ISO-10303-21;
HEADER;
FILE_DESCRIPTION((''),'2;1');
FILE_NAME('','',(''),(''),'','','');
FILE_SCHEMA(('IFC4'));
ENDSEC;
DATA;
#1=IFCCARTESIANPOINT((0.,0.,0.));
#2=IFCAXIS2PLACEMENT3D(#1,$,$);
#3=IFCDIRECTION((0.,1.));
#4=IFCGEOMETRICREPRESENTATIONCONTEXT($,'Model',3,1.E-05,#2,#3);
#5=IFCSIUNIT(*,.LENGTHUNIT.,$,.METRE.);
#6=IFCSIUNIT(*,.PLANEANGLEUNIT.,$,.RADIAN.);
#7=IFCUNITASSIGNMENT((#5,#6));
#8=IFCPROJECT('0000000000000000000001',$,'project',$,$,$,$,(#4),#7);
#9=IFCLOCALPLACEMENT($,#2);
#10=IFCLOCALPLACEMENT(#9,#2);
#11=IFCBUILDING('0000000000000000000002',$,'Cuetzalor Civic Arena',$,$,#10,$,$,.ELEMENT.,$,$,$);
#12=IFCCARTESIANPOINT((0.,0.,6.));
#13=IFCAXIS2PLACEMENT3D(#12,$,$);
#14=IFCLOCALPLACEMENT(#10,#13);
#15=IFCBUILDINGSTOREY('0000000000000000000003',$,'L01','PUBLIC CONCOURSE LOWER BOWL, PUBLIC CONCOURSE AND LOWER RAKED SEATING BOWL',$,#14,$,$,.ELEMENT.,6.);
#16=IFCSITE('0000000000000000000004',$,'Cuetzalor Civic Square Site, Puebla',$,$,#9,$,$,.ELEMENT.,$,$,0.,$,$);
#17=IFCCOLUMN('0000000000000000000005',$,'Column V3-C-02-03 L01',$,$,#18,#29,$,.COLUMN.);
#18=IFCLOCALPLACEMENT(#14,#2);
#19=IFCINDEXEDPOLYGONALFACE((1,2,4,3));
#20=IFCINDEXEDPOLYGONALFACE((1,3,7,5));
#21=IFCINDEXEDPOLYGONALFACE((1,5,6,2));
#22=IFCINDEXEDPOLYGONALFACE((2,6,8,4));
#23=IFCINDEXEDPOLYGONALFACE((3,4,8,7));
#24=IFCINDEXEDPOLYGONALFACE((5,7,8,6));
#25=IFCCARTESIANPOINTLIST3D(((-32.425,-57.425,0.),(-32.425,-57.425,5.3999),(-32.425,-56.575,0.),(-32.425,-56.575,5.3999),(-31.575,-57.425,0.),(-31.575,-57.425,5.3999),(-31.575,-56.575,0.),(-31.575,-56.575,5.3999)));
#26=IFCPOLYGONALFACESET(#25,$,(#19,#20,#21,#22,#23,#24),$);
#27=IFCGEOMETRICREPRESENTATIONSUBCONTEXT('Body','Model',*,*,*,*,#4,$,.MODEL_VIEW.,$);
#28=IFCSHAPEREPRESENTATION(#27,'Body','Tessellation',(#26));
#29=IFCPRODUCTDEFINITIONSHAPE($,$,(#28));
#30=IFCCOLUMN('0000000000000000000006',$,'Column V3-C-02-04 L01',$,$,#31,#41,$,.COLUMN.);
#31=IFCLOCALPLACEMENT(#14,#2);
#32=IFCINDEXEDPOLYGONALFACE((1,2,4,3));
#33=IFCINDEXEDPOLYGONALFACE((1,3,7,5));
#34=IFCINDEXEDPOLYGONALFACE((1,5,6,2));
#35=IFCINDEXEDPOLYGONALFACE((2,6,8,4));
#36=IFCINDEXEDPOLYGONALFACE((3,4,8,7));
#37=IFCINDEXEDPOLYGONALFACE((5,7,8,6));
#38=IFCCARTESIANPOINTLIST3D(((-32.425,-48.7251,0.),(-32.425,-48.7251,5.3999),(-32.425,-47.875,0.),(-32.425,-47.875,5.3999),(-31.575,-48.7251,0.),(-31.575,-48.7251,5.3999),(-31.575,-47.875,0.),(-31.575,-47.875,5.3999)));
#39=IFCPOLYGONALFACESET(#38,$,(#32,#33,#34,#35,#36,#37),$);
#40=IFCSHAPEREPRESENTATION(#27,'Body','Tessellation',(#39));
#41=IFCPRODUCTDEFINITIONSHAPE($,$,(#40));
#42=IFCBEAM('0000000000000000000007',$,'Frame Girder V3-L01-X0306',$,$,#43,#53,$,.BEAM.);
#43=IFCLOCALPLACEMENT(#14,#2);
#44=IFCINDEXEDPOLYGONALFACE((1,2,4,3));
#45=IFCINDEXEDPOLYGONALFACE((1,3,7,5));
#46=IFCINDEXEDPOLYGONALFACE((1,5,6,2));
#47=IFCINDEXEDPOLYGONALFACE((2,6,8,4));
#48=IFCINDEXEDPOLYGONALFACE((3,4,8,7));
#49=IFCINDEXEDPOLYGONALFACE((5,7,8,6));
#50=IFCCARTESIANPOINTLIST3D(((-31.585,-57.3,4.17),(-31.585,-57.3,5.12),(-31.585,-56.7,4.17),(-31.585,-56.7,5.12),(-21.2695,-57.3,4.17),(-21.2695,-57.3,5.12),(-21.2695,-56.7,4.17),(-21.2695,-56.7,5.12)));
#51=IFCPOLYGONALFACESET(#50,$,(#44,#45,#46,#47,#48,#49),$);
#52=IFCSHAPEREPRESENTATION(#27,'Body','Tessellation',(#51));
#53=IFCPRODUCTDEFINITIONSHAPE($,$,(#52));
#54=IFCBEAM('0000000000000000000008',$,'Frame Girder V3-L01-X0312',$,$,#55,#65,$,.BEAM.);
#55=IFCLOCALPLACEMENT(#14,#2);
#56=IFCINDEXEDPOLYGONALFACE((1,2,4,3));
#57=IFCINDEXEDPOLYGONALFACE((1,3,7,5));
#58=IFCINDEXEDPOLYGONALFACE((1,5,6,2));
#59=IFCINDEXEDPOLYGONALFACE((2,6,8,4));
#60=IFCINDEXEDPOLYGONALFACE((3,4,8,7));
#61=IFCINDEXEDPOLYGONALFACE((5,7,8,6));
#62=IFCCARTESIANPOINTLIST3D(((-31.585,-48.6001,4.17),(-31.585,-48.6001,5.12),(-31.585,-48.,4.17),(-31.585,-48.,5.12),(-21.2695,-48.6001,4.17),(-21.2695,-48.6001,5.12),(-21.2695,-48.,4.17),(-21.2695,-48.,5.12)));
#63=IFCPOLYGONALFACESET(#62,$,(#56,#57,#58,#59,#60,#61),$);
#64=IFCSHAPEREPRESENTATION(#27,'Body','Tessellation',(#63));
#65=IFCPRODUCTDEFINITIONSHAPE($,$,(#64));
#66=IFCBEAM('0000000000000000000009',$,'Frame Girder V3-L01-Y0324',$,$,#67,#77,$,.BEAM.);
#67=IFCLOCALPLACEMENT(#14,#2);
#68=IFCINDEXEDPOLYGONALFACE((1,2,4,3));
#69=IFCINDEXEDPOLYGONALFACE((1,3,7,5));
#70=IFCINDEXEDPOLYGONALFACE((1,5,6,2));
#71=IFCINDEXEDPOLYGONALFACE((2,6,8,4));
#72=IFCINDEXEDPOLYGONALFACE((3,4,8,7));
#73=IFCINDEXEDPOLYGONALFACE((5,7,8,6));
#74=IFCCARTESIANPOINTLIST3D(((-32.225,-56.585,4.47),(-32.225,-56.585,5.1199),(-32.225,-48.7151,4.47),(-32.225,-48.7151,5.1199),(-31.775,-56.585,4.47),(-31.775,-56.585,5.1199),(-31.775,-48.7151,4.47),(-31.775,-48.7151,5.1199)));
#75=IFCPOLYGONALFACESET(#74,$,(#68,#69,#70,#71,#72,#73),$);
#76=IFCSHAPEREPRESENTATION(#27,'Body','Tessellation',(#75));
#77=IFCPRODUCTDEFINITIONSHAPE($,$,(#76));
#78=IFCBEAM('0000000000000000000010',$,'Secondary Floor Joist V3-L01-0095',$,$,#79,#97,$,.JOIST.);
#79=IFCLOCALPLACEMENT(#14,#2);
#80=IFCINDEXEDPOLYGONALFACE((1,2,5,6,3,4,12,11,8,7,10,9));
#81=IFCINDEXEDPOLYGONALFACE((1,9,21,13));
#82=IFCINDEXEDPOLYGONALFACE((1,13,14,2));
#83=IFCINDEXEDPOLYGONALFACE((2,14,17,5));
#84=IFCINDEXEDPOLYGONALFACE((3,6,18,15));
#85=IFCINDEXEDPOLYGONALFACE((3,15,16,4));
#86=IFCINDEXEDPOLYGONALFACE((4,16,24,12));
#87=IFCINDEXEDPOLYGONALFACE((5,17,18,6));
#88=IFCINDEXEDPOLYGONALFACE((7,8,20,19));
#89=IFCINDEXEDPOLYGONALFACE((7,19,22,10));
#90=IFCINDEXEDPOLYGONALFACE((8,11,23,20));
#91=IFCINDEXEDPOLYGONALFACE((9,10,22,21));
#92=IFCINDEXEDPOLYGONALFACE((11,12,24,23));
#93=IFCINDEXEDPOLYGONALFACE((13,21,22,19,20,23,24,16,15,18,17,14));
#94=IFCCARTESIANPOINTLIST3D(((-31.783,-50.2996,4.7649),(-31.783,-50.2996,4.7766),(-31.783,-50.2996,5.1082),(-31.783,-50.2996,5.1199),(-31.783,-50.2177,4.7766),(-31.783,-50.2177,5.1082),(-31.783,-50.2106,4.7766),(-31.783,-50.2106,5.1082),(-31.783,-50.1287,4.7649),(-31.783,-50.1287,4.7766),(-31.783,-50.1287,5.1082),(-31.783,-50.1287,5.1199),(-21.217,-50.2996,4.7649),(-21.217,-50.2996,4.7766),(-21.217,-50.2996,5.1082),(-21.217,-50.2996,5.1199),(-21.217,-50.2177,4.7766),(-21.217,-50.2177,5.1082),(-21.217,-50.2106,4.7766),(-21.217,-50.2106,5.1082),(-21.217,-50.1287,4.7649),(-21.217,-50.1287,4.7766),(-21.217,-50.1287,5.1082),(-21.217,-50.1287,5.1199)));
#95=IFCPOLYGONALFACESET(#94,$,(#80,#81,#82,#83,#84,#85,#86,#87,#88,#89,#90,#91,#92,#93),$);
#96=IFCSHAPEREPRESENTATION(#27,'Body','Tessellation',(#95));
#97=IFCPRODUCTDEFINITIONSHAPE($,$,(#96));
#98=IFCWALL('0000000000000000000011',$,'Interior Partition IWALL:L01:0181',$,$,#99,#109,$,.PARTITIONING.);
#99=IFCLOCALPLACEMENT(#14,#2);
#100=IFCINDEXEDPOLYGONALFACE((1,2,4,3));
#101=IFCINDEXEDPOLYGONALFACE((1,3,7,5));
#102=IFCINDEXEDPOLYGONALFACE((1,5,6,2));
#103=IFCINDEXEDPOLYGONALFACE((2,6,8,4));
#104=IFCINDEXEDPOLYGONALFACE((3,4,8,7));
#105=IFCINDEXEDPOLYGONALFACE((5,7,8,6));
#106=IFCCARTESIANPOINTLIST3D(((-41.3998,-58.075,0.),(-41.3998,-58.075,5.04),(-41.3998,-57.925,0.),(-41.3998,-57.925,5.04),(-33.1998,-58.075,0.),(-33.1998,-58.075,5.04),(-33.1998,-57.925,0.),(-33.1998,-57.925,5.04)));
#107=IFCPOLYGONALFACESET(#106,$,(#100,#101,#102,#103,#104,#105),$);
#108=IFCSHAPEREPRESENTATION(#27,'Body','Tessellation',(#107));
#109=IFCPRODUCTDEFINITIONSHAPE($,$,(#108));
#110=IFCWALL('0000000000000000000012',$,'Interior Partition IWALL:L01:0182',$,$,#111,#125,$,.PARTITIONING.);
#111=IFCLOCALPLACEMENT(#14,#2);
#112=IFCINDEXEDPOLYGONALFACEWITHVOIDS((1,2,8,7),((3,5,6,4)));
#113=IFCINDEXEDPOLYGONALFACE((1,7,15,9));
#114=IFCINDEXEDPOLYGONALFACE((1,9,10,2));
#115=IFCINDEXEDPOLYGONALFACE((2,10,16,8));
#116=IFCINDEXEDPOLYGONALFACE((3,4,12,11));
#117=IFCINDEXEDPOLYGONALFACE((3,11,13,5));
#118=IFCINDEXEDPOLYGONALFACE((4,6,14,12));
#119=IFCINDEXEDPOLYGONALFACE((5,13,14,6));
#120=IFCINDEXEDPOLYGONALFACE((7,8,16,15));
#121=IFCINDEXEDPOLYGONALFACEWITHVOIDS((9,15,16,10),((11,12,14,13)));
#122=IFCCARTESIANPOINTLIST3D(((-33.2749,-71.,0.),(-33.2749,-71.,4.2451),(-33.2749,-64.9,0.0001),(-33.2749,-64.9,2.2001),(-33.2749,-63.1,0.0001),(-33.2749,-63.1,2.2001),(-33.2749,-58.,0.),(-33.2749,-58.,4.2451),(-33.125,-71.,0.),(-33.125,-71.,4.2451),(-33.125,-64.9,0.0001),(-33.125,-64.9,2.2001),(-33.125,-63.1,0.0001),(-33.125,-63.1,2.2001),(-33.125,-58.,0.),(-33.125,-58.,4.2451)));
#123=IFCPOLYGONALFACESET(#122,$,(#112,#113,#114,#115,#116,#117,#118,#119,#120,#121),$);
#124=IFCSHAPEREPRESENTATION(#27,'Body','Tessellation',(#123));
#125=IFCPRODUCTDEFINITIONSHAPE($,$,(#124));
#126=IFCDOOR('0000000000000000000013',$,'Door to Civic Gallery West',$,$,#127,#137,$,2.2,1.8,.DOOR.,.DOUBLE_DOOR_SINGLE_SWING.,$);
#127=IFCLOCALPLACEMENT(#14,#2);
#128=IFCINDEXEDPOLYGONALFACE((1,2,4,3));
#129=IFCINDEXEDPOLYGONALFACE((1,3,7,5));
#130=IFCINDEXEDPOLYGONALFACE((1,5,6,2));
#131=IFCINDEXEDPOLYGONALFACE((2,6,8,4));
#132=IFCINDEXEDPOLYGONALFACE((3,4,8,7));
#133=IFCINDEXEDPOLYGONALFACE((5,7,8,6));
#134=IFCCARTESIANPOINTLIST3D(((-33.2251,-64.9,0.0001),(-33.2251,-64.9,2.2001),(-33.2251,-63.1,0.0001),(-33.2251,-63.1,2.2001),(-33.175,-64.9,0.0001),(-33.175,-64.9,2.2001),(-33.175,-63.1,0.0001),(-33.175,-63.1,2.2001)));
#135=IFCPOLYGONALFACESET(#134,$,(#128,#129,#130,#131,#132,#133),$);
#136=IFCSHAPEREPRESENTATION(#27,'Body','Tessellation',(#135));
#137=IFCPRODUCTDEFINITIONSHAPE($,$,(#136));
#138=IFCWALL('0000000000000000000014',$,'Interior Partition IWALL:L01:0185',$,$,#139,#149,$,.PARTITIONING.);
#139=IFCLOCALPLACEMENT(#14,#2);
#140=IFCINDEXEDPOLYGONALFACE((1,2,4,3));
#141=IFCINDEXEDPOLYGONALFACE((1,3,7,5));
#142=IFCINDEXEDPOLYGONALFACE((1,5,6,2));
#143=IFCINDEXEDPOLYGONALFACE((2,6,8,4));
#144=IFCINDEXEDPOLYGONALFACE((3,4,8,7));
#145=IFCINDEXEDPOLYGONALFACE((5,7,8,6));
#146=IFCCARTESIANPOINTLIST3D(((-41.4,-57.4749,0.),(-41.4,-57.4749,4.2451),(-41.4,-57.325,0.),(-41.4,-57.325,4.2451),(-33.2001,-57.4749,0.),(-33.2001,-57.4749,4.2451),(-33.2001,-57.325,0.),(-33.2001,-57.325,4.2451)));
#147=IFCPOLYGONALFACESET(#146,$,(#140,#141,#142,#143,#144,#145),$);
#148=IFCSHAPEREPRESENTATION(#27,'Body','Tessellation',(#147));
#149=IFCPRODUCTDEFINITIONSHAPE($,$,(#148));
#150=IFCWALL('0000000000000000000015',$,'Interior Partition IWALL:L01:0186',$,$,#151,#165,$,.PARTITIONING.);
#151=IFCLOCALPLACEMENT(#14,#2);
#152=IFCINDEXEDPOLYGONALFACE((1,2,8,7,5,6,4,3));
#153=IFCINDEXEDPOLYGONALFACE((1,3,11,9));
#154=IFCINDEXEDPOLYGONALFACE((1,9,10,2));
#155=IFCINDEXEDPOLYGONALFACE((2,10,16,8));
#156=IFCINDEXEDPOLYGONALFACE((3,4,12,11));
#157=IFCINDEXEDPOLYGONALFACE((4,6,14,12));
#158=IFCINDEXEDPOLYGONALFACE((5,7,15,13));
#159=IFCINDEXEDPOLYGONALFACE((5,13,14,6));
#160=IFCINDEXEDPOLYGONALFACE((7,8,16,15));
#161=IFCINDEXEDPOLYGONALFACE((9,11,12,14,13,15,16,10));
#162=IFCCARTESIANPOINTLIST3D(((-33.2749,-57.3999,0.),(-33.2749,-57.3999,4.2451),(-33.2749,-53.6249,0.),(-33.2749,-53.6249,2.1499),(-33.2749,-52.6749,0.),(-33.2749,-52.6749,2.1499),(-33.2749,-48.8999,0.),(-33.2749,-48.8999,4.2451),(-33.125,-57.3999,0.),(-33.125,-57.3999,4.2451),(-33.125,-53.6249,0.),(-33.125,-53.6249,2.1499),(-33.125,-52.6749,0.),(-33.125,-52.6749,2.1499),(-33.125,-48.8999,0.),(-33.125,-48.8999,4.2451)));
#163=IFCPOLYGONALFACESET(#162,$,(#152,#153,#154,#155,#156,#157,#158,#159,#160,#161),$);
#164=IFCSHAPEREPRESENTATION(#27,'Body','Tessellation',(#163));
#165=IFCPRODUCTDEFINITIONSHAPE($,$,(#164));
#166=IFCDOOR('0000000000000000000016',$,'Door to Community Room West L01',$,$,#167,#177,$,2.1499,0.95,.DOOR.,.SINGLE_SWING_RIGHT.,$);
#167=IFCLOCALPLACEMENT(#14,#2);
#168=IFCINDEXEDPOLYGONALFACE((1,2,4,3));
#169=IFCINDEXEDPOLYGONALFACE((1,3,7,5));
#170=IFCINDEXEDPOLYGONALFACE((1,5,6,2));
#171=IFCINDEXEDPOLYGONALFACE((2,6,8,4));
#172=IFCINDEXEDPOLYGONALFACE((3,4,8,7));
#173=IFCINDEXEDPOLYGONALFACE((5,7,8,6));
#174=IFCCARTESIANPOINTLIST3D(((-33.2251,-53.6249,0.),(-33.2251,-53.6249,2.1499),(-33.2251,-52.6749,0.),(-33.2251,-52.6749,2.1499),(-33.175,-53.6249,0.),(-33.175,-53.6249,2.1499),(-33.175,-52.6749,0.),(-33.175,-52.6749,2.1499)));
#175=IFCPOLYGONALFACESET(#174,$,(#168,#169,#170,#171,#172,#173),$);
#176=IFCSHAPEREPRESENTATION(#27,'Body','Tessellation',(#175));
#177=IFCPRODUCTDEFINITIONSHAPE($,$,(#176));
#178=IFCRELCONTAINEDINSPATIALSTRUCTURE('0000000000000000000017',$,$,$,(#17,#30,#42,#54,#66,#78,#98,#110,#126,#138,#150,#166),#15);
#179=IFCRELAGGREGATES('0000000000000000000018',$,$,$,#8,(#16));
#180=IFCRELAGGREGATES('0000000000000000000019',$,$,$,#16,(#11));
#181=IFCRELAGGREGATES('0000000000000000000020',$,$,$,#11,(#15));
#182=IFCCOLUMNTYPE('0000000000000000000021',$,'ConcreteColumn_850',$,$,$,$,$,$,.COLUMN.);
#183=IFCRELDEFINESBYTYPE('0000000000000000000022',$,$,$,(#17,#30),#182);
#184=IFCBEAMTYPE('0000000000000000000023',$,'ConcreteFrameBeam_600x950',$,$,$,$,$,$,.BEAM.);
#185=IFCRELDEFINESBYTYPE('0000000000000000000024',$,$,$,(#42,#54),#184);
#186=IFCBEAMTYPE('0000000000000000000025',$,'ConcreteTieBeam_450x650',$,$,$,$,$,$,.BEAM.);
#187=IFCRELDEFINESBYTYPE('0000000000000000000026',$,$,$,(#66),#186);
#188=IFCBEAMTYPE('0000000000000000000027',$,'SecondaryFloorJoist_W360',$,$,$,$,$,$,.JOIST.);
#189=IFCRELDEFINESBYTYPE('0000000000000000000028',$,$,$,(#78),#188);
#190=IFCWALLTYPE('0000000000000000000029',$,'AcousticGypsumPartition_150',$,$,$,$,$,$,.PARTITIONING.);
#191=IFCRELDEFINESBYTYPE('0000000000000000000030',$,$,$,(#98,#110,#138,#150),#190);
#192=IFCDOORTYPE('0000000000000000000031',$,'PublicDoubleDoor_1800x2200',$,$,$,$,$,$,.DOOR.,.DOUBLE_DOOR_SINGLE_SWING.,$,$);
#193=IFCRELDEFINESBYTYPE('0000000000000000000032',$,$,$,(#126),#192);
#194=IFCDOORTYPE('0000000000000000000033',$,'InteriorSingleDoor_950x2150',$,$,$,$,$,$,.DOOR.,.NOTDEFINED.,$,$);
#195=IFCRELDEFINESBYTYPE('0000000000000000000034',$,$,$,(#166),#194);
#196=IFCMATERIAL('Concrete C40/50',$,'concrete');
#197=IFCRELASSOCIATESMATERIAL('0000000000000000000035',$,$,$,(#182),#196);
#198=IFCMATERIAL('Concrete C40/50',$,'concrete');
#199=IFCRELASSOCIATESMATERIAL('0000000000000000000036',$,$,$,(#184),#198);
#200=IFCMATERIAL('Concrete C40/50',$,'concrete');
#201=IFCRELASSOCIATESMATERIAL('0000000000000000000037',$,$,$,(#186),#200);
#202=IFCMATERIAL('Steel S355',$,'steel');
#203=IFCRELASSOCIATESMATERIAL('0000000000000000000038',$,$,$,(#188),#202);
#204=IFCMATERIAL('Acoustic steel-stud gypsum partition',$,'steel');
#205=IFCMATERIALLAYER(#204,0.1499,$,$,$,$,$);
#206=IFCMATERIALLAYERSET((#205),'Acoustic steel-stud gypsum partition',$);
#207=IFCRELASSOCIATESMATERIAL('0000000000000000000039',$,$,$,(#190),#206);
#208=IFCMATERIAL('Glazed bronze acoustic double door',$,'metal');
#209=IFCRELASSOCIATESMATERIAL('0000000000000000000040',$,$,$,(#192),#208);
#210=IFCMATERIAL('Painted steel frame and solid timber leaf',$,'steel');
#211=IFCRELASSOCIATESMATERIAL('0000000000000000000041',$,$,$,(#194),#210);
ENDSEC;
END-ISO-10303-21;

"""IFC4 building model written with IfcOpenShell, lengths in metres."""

from ifc_helpers import new_model, si_unit, direction, frame, frame_2d, origin, origin_2d, place, context, subcontext, project, spatial, rectangle, i_section, extrude, material, layer, layer_set, material_profile, profile_set, type_object, element, fill, save


model = new_model("IFC4")

# Units and contexts
model_context = context("Model", 3, precision=1e-05, world=origin(), true_north=direction((0.0, 1.0)))
body_context = subcontext(model_context, "Body", "Model", "MODEL_VIEW")
ifc_project = project(units=[si_unit("LENGTHUNIT", "METRE"), si_unit("PLANEANGLEUNIT", "RADIAN")], contexts=[model_context])

# Site, building, storey
site_placement = place(None, origin())
site = spatial("IfcSite", under=ifc_project, at=site_placement, Name="Cuetzalor Civic Square Site, Puebla", CompositionType="ELEMENT", RefElevation=0.0)
building_placement = place(site_placement, origin())
building = spatial("IfcBuilding", under=site, at=building_placement, Name="Cuetzalor Civic Arena", CompositionType="ELEMENT")
storey_placement = place(building_placement, frame((0.0, 0.0, 6.0)))
storey = spatial("IfcBuildingStorey", under=building, at=storey_placement, Name="L01", Description="PUBLIC CONCOURSE LOWER BOWL, PUBLIC CONCOURSE AND LOWER RAKED SEATING BOWL", CompositionType="ELEMENT", Elevation=6.0)

# Columns
ifc_material_1 = material(Name="Concrete C40/50", Category="concrete")
ifc_material_profile_1 = material_profile(ifc_material_1, rectangle(XDim=0.8501, YDim=0.8501, at=origin_2d()), Name="RC 850x850")
ifc_profile_set_1 = profile_set([ifc_material_profile_1], Name="Concrete C40/50")
column_type = type_object("IfcColumnType", Name="ConcreteColumn_850", PredefinedType="COLUMN", material=ifc_profile_set_1)
for number, where, z_axis, x_axis, name in (
    (1, (-32.0, -57.0, 0.0), (0.0, 0.0, 1.0), (1.0, 0.0, 0.0), "Column V3-C-02-03 L01"),
    (2, (-32.0, -48.3, 0.0), (0.0, 0.0, 1.0), (1.0, 0.0, 0.0), "Column V3-C-02-04 L01"),
):
    element("IfcColumn", number, at=place(storey_placement, frame(where, z_axis=z_axis, x_axis=x_axis)), inside=storey, type_object=column_type, Name=name, PredefinedType="COLUMN", context=body_context, shape_type="SweptSolid", body=[
        extrude(rectangle(XDim=0.8501, YDim=0.8501, at=origin_2d()), origin(), (0.0, 0.0, 1.0), 5.3999),
    ])

# Beams
ifc_material_2 = material(Name="Concrete C40/50", Category="concrete")
ifc_material_profile_2 = material_profile(ifc_material_2, rectangle(XDim=0.6001, YDim=0.95, at=origin_2d()), Name="RC 600x950")
ifc_profile_set_2 = profile_set([ifc_material_profile_2], Name="Concrete C40/50")
beam_type_1 = type_object("IfcBeamType", Name="ConcreteFrameBeam_600x950", PredefinedType="BEAM", material=ifc_profile_set_2)
for number, where, z_axis, x_axis, name in (
    (3, (-31.585, -57.0, 4.645), (1.0, 0.0, 0.0), (0.0, 1.0, 0.0), "Frame Girder V3-L01-X0306"),
    (4, (-31.585, -48.3, 4.645), (1.0, 0.0, 0.0), (0.0, 1.0, 0.0), "Frame Girder V3-L01-X0312"),
):
    element("IfcBeam", number, at=place(storey_placement, frame(where, z_axis=z_axis, x_axis=x_axis)), inside=storey, type_object=beam_type_1, Name=name, PredefinedType="BEAM", context=body_context, shape_type="SweptSolid", body=[
        extrude(rectangle(XDim=0.6001, YDim=0.95, at=origin_2d()), origin(), (0.0, 0.0, 1.0), 10.3154),
    ])
ifc_material_3 = material(Name="Concrete C40/50", Category="concrete")
ifc_material_profile_3 = material_profile(ifc_material_3, rectangle(XDim=0.45, YDim=0.6499, at=origin_2d()), Name="RC 450x650")
ifc_profile_set_3 = profile_set([ifc_material_profile_3], Name="Concrete C40/50")
beam_type_2 = type_object("IfcBeamType", Name="ConcreteTieBeam_450x650", PredefinedType="BEAM", material=ifc_profile_set_3)
beam_1_placement = place(storey_placement, frame((-32.0, -56.585, 4.7949), z_axis=(0.0, 1.0, 0.0), x_axis=(-1.0, 0.0, 0.0)))
element("IfcBeam", 5, at=beam_1_placement, inside=storey, type_object=beam_type_2, Name="Frame Girder V3-L01-Y0324", PredefinedType="BEAM", context=body_context, shape_type="SweptSolid", body=[
    extrude(rectangle(XDim=0.45, YDim=0.6499, at=origin_2d()), origin(), (0.0, 0.0, 1.0), 7.8699),
])
ifc_material_4 = material(Name="Steel S355", Category="steel")
ifc_material_profile_4 = material_profile(ifc_material_4, i_section(OverallWidth=0.1709, OverallDepth=0.355, WebThickness=0.0071, FlangeThickness=0.0117, at=origin_2d()), Name="W360x51")
ifc_profile_set_4 = profile_set([ifc_material_profile_4], Name="Steel S355")
beam_type_3 = type_object("IfcBeamType", Name="SecondaryFloorJoist_W360", PredefinedType="JOIST", material=ifc_profile_set_4)
beam_2_placement = place(storey_placement, frame((-31.783, -50.2141, 4.9424), z_axis=(1.0, 0.0, 0.0), x_axis=(0.0, 1.0, 0.0)))
element("IfcBeam", 6, at=beam_2_placement, inside=storey, type_object=beam_type_3, Name="Secondary Floor Joist V3-L01-0095", PredefinedType="JOIST", context=body_context, shape_type="SweptSolid", body=[
    extrude(i_section(OverallWidth=0.1709, OverallDepth=0.355, WebThickness=0.0071, FlangeThickness=0.0117, at=origin_2d()), origin(), (0.0, 0.0, 1.0), 10.5659),
])

# Wall
ifc_material_5 = material(Name="Acoustic steel-stud gypsum partition", Category="steel")
ifc_layer_1 = layer(ifc_material_5, 0.1499)
ifc_layer_set_1 = layer_set([ifc_layer_1], Name="Acoustic steel-stud gypsum partition")
wall_type_1 = type_object("IfcWallType", Name="AcousticGypsumPartition_150", PredefinedType="PARTITIONING", material=ifc_layer_set_1)
wall_1_placement = place(storey_placement, frame((-41.3999, -58.0, 0.0), z_axis=(0.0, 0.0, 1.0), x_axis=(1.0, 0.0, 0.0)))
element("IfcWall", 7, at=wall_1_placement, inside=storey, type_object=wall_type_1, Name="Interior Partition IWALL:L01:0181", PredefinedType="PARTITIONING", context=body_context, shape_type="SweptSolid", body=[
    extrude(rectangle(XDim=8.2, YDim=0.1499, at=frame_2d((4.1001, 0.0))), origin(), (0.0, 0.0, 1.0), 5.04),
])

# Wall, opening, door
wall_2_placement = place(storey_placement, frame((-33.2, -58.0, 0.0), z_axis=(0.0, 0.0, 1.0), x_axis=(0.0, -1.0, 0.0)))
wall_2 = element("IfcWall", 8, at=wall_2_placement, inside=storey, type_object=wall_type_1, Name="Interior Partition IWALL:L01:0182", PredefinedType="PARTITIONING", context=body_context, shape_type="SweptSolid", body=[
    extrude(rectangle(XDim=13.0, YDim=0.1499, at=frame_2d((6.5, 0.0))), origin(), (0.0, 0.0, 1.0), 4.2451),
])
opening_1_placement = place(wall_2_placement, frame((5.1001, 0.0, 0.0)))
opening_1 = element("IfcOpeningElement", 9, at=opening_1_placement, cuts=wall_2, PredefinedType="OPENING", context=body_context, shape_type="SweptSolid", body=[
    extrude(rectangle(XDim=1.8, YDim=2.2, at=frame_2d((0.8999, 1.1001))), frame((0.0, 0.085, 0.0), z_axis=(0.0, -1.0, 0.0), x_axis=(1.0, 0.0, 0.0)), (0.0, 0.0, 1.0), 0.1699),
])
ifc_material_6 = material(Name="Glazed bronze acoustic double door", Category="metal")
door_type_1 = type_object("IfcDoorType", Name="PublicDoubleDoor_1800x2200", OperationType="DOUBLE_DOOR_SINGLE_SWING", PredefinedType="DOOR", material=ifc_material_6)
door_1_placement = place(opening_1_placement, origin())
door_1 = element("IfcDoor", 10, at=door_1_placement, inside=storey, type_object=door_type_1, Name="Door to Civic Gallery West", OperationType="DOUBLE_DOOR_SINGLE_SWING", OverallHeight=2.2, OverallWidth=1.8, PredefinedType="DOOR", context=body_context, shape_type="SweptSolid", body=[
    extrude(rectangle(XDim=1.8, YDim=2.2, at=frame_2d((0.8999, 1.1001))), frame((0.0, 0.0249, 0.0), z_axis=(0.0, -1.0, 0.0), x_axis=(1.0, 0.0, 0.0)), (0.0, 0.0, 1.0), 0.05),
])
fill(opening_1, door_1)

# Wall
wall_3_placement = place(storey_placement, frame((-33.2, -57.3999, 0.0), z_axis=(0.0, 0.0, 1.0), x_axis=(-1.0, 0.0, 0.0)))
element("IfcWall", 11, at=wall_3_placement, inside=storey, type_object=wall_type_1, Name="Interior Partition IWALL:L01:0185", PredefinedType="PARTITIONING", context=body_context, shape_type="SweptSolid", body=[
    extrude(rectangle(XDim=8.2, YDim=0.1499, at=frame_2d((4.1001, 0.0))), origin(), (0.0, 0.0, 1.0), 4.2451),
])

# Wall, opening, door
wall_4_placement = place(storey_placement, frame((-33.2, -48.8999, 0.0), z_axis=(0.0, 0.0, 1.0), x_axis=(0.0, -1.0, 0.0)))
wall_4 = element("IfcWall", 12, at=wall_4_placement, inside=storey, type_object=wall_type_1, Name="Interior Partition IWALL:L01:0186", PredefinedType="PARTITIONING", context=body_context, shape_type="SweptSolid", body=[
    extrude(rectangle(XDim=8.5, YDim=0.1499, at=frame_2d((4.25, 0.0))), origin(), (0.0, 0.0, 1.0), 4.2451),
])
opening_2_placement = place(wall_4_placement, frame((3.7749, 0.0, 0.0)))
opening_2 = element("IfcOpeningElement", 13, at=opening_2_placement, cuts=wall_4, PredefinedType="OPENING", context=body_context, shape_type="SweptSolid", body=[
    extrude(rectangle(XDim=0.95, YDim=2.1499, at=frame_2d((0.4751, 1.075))), frame((0.0, 0.085, 0.0), z_axis=(0.0, -1.0, 0.0), x_axis=(1.0, 0.0, 0.0)), (0.0, 0.0, 1.0), 0.1699),
])
ifc_material_7 = material(Name="Painted steel frame and solid timber leaf", Category="steel")
door_type_2 = type_object("IfcDoorType", Name="InteriorSingleDoor_950x2150", OperationType="NOTDEFINED", PredefinedType="DOOR", material=ifc_material_7)
door_2_placement = place(opening_2_placement, origin())
door_2 = element("IfcDoor", 14, at=door_2_placement, inside=storey, type_object=door_type_2, Name="Door to Community Room West L01", OperationType="SINGLE_SWING_RIGHT", OverallHeight=2.1499, OverallWidth=0.95, PredefinedType="DOOR", context=body_context, shape_type="SweptSolid", body=[
    extrude(rectangle(XDim=0.95, YDim=2.1499, at=frame_2d((0.4751, 1.075))), frame((0.0, 0.0249, 0.0), z_axis=(0.0, -1.0, 0.0), x_axis=(1.0, 0.0, 0.0)), (0.0, 0.0, 1.0), 0.05),
])
fill(opening_2, door_2)

save(model, "model.ifc")
